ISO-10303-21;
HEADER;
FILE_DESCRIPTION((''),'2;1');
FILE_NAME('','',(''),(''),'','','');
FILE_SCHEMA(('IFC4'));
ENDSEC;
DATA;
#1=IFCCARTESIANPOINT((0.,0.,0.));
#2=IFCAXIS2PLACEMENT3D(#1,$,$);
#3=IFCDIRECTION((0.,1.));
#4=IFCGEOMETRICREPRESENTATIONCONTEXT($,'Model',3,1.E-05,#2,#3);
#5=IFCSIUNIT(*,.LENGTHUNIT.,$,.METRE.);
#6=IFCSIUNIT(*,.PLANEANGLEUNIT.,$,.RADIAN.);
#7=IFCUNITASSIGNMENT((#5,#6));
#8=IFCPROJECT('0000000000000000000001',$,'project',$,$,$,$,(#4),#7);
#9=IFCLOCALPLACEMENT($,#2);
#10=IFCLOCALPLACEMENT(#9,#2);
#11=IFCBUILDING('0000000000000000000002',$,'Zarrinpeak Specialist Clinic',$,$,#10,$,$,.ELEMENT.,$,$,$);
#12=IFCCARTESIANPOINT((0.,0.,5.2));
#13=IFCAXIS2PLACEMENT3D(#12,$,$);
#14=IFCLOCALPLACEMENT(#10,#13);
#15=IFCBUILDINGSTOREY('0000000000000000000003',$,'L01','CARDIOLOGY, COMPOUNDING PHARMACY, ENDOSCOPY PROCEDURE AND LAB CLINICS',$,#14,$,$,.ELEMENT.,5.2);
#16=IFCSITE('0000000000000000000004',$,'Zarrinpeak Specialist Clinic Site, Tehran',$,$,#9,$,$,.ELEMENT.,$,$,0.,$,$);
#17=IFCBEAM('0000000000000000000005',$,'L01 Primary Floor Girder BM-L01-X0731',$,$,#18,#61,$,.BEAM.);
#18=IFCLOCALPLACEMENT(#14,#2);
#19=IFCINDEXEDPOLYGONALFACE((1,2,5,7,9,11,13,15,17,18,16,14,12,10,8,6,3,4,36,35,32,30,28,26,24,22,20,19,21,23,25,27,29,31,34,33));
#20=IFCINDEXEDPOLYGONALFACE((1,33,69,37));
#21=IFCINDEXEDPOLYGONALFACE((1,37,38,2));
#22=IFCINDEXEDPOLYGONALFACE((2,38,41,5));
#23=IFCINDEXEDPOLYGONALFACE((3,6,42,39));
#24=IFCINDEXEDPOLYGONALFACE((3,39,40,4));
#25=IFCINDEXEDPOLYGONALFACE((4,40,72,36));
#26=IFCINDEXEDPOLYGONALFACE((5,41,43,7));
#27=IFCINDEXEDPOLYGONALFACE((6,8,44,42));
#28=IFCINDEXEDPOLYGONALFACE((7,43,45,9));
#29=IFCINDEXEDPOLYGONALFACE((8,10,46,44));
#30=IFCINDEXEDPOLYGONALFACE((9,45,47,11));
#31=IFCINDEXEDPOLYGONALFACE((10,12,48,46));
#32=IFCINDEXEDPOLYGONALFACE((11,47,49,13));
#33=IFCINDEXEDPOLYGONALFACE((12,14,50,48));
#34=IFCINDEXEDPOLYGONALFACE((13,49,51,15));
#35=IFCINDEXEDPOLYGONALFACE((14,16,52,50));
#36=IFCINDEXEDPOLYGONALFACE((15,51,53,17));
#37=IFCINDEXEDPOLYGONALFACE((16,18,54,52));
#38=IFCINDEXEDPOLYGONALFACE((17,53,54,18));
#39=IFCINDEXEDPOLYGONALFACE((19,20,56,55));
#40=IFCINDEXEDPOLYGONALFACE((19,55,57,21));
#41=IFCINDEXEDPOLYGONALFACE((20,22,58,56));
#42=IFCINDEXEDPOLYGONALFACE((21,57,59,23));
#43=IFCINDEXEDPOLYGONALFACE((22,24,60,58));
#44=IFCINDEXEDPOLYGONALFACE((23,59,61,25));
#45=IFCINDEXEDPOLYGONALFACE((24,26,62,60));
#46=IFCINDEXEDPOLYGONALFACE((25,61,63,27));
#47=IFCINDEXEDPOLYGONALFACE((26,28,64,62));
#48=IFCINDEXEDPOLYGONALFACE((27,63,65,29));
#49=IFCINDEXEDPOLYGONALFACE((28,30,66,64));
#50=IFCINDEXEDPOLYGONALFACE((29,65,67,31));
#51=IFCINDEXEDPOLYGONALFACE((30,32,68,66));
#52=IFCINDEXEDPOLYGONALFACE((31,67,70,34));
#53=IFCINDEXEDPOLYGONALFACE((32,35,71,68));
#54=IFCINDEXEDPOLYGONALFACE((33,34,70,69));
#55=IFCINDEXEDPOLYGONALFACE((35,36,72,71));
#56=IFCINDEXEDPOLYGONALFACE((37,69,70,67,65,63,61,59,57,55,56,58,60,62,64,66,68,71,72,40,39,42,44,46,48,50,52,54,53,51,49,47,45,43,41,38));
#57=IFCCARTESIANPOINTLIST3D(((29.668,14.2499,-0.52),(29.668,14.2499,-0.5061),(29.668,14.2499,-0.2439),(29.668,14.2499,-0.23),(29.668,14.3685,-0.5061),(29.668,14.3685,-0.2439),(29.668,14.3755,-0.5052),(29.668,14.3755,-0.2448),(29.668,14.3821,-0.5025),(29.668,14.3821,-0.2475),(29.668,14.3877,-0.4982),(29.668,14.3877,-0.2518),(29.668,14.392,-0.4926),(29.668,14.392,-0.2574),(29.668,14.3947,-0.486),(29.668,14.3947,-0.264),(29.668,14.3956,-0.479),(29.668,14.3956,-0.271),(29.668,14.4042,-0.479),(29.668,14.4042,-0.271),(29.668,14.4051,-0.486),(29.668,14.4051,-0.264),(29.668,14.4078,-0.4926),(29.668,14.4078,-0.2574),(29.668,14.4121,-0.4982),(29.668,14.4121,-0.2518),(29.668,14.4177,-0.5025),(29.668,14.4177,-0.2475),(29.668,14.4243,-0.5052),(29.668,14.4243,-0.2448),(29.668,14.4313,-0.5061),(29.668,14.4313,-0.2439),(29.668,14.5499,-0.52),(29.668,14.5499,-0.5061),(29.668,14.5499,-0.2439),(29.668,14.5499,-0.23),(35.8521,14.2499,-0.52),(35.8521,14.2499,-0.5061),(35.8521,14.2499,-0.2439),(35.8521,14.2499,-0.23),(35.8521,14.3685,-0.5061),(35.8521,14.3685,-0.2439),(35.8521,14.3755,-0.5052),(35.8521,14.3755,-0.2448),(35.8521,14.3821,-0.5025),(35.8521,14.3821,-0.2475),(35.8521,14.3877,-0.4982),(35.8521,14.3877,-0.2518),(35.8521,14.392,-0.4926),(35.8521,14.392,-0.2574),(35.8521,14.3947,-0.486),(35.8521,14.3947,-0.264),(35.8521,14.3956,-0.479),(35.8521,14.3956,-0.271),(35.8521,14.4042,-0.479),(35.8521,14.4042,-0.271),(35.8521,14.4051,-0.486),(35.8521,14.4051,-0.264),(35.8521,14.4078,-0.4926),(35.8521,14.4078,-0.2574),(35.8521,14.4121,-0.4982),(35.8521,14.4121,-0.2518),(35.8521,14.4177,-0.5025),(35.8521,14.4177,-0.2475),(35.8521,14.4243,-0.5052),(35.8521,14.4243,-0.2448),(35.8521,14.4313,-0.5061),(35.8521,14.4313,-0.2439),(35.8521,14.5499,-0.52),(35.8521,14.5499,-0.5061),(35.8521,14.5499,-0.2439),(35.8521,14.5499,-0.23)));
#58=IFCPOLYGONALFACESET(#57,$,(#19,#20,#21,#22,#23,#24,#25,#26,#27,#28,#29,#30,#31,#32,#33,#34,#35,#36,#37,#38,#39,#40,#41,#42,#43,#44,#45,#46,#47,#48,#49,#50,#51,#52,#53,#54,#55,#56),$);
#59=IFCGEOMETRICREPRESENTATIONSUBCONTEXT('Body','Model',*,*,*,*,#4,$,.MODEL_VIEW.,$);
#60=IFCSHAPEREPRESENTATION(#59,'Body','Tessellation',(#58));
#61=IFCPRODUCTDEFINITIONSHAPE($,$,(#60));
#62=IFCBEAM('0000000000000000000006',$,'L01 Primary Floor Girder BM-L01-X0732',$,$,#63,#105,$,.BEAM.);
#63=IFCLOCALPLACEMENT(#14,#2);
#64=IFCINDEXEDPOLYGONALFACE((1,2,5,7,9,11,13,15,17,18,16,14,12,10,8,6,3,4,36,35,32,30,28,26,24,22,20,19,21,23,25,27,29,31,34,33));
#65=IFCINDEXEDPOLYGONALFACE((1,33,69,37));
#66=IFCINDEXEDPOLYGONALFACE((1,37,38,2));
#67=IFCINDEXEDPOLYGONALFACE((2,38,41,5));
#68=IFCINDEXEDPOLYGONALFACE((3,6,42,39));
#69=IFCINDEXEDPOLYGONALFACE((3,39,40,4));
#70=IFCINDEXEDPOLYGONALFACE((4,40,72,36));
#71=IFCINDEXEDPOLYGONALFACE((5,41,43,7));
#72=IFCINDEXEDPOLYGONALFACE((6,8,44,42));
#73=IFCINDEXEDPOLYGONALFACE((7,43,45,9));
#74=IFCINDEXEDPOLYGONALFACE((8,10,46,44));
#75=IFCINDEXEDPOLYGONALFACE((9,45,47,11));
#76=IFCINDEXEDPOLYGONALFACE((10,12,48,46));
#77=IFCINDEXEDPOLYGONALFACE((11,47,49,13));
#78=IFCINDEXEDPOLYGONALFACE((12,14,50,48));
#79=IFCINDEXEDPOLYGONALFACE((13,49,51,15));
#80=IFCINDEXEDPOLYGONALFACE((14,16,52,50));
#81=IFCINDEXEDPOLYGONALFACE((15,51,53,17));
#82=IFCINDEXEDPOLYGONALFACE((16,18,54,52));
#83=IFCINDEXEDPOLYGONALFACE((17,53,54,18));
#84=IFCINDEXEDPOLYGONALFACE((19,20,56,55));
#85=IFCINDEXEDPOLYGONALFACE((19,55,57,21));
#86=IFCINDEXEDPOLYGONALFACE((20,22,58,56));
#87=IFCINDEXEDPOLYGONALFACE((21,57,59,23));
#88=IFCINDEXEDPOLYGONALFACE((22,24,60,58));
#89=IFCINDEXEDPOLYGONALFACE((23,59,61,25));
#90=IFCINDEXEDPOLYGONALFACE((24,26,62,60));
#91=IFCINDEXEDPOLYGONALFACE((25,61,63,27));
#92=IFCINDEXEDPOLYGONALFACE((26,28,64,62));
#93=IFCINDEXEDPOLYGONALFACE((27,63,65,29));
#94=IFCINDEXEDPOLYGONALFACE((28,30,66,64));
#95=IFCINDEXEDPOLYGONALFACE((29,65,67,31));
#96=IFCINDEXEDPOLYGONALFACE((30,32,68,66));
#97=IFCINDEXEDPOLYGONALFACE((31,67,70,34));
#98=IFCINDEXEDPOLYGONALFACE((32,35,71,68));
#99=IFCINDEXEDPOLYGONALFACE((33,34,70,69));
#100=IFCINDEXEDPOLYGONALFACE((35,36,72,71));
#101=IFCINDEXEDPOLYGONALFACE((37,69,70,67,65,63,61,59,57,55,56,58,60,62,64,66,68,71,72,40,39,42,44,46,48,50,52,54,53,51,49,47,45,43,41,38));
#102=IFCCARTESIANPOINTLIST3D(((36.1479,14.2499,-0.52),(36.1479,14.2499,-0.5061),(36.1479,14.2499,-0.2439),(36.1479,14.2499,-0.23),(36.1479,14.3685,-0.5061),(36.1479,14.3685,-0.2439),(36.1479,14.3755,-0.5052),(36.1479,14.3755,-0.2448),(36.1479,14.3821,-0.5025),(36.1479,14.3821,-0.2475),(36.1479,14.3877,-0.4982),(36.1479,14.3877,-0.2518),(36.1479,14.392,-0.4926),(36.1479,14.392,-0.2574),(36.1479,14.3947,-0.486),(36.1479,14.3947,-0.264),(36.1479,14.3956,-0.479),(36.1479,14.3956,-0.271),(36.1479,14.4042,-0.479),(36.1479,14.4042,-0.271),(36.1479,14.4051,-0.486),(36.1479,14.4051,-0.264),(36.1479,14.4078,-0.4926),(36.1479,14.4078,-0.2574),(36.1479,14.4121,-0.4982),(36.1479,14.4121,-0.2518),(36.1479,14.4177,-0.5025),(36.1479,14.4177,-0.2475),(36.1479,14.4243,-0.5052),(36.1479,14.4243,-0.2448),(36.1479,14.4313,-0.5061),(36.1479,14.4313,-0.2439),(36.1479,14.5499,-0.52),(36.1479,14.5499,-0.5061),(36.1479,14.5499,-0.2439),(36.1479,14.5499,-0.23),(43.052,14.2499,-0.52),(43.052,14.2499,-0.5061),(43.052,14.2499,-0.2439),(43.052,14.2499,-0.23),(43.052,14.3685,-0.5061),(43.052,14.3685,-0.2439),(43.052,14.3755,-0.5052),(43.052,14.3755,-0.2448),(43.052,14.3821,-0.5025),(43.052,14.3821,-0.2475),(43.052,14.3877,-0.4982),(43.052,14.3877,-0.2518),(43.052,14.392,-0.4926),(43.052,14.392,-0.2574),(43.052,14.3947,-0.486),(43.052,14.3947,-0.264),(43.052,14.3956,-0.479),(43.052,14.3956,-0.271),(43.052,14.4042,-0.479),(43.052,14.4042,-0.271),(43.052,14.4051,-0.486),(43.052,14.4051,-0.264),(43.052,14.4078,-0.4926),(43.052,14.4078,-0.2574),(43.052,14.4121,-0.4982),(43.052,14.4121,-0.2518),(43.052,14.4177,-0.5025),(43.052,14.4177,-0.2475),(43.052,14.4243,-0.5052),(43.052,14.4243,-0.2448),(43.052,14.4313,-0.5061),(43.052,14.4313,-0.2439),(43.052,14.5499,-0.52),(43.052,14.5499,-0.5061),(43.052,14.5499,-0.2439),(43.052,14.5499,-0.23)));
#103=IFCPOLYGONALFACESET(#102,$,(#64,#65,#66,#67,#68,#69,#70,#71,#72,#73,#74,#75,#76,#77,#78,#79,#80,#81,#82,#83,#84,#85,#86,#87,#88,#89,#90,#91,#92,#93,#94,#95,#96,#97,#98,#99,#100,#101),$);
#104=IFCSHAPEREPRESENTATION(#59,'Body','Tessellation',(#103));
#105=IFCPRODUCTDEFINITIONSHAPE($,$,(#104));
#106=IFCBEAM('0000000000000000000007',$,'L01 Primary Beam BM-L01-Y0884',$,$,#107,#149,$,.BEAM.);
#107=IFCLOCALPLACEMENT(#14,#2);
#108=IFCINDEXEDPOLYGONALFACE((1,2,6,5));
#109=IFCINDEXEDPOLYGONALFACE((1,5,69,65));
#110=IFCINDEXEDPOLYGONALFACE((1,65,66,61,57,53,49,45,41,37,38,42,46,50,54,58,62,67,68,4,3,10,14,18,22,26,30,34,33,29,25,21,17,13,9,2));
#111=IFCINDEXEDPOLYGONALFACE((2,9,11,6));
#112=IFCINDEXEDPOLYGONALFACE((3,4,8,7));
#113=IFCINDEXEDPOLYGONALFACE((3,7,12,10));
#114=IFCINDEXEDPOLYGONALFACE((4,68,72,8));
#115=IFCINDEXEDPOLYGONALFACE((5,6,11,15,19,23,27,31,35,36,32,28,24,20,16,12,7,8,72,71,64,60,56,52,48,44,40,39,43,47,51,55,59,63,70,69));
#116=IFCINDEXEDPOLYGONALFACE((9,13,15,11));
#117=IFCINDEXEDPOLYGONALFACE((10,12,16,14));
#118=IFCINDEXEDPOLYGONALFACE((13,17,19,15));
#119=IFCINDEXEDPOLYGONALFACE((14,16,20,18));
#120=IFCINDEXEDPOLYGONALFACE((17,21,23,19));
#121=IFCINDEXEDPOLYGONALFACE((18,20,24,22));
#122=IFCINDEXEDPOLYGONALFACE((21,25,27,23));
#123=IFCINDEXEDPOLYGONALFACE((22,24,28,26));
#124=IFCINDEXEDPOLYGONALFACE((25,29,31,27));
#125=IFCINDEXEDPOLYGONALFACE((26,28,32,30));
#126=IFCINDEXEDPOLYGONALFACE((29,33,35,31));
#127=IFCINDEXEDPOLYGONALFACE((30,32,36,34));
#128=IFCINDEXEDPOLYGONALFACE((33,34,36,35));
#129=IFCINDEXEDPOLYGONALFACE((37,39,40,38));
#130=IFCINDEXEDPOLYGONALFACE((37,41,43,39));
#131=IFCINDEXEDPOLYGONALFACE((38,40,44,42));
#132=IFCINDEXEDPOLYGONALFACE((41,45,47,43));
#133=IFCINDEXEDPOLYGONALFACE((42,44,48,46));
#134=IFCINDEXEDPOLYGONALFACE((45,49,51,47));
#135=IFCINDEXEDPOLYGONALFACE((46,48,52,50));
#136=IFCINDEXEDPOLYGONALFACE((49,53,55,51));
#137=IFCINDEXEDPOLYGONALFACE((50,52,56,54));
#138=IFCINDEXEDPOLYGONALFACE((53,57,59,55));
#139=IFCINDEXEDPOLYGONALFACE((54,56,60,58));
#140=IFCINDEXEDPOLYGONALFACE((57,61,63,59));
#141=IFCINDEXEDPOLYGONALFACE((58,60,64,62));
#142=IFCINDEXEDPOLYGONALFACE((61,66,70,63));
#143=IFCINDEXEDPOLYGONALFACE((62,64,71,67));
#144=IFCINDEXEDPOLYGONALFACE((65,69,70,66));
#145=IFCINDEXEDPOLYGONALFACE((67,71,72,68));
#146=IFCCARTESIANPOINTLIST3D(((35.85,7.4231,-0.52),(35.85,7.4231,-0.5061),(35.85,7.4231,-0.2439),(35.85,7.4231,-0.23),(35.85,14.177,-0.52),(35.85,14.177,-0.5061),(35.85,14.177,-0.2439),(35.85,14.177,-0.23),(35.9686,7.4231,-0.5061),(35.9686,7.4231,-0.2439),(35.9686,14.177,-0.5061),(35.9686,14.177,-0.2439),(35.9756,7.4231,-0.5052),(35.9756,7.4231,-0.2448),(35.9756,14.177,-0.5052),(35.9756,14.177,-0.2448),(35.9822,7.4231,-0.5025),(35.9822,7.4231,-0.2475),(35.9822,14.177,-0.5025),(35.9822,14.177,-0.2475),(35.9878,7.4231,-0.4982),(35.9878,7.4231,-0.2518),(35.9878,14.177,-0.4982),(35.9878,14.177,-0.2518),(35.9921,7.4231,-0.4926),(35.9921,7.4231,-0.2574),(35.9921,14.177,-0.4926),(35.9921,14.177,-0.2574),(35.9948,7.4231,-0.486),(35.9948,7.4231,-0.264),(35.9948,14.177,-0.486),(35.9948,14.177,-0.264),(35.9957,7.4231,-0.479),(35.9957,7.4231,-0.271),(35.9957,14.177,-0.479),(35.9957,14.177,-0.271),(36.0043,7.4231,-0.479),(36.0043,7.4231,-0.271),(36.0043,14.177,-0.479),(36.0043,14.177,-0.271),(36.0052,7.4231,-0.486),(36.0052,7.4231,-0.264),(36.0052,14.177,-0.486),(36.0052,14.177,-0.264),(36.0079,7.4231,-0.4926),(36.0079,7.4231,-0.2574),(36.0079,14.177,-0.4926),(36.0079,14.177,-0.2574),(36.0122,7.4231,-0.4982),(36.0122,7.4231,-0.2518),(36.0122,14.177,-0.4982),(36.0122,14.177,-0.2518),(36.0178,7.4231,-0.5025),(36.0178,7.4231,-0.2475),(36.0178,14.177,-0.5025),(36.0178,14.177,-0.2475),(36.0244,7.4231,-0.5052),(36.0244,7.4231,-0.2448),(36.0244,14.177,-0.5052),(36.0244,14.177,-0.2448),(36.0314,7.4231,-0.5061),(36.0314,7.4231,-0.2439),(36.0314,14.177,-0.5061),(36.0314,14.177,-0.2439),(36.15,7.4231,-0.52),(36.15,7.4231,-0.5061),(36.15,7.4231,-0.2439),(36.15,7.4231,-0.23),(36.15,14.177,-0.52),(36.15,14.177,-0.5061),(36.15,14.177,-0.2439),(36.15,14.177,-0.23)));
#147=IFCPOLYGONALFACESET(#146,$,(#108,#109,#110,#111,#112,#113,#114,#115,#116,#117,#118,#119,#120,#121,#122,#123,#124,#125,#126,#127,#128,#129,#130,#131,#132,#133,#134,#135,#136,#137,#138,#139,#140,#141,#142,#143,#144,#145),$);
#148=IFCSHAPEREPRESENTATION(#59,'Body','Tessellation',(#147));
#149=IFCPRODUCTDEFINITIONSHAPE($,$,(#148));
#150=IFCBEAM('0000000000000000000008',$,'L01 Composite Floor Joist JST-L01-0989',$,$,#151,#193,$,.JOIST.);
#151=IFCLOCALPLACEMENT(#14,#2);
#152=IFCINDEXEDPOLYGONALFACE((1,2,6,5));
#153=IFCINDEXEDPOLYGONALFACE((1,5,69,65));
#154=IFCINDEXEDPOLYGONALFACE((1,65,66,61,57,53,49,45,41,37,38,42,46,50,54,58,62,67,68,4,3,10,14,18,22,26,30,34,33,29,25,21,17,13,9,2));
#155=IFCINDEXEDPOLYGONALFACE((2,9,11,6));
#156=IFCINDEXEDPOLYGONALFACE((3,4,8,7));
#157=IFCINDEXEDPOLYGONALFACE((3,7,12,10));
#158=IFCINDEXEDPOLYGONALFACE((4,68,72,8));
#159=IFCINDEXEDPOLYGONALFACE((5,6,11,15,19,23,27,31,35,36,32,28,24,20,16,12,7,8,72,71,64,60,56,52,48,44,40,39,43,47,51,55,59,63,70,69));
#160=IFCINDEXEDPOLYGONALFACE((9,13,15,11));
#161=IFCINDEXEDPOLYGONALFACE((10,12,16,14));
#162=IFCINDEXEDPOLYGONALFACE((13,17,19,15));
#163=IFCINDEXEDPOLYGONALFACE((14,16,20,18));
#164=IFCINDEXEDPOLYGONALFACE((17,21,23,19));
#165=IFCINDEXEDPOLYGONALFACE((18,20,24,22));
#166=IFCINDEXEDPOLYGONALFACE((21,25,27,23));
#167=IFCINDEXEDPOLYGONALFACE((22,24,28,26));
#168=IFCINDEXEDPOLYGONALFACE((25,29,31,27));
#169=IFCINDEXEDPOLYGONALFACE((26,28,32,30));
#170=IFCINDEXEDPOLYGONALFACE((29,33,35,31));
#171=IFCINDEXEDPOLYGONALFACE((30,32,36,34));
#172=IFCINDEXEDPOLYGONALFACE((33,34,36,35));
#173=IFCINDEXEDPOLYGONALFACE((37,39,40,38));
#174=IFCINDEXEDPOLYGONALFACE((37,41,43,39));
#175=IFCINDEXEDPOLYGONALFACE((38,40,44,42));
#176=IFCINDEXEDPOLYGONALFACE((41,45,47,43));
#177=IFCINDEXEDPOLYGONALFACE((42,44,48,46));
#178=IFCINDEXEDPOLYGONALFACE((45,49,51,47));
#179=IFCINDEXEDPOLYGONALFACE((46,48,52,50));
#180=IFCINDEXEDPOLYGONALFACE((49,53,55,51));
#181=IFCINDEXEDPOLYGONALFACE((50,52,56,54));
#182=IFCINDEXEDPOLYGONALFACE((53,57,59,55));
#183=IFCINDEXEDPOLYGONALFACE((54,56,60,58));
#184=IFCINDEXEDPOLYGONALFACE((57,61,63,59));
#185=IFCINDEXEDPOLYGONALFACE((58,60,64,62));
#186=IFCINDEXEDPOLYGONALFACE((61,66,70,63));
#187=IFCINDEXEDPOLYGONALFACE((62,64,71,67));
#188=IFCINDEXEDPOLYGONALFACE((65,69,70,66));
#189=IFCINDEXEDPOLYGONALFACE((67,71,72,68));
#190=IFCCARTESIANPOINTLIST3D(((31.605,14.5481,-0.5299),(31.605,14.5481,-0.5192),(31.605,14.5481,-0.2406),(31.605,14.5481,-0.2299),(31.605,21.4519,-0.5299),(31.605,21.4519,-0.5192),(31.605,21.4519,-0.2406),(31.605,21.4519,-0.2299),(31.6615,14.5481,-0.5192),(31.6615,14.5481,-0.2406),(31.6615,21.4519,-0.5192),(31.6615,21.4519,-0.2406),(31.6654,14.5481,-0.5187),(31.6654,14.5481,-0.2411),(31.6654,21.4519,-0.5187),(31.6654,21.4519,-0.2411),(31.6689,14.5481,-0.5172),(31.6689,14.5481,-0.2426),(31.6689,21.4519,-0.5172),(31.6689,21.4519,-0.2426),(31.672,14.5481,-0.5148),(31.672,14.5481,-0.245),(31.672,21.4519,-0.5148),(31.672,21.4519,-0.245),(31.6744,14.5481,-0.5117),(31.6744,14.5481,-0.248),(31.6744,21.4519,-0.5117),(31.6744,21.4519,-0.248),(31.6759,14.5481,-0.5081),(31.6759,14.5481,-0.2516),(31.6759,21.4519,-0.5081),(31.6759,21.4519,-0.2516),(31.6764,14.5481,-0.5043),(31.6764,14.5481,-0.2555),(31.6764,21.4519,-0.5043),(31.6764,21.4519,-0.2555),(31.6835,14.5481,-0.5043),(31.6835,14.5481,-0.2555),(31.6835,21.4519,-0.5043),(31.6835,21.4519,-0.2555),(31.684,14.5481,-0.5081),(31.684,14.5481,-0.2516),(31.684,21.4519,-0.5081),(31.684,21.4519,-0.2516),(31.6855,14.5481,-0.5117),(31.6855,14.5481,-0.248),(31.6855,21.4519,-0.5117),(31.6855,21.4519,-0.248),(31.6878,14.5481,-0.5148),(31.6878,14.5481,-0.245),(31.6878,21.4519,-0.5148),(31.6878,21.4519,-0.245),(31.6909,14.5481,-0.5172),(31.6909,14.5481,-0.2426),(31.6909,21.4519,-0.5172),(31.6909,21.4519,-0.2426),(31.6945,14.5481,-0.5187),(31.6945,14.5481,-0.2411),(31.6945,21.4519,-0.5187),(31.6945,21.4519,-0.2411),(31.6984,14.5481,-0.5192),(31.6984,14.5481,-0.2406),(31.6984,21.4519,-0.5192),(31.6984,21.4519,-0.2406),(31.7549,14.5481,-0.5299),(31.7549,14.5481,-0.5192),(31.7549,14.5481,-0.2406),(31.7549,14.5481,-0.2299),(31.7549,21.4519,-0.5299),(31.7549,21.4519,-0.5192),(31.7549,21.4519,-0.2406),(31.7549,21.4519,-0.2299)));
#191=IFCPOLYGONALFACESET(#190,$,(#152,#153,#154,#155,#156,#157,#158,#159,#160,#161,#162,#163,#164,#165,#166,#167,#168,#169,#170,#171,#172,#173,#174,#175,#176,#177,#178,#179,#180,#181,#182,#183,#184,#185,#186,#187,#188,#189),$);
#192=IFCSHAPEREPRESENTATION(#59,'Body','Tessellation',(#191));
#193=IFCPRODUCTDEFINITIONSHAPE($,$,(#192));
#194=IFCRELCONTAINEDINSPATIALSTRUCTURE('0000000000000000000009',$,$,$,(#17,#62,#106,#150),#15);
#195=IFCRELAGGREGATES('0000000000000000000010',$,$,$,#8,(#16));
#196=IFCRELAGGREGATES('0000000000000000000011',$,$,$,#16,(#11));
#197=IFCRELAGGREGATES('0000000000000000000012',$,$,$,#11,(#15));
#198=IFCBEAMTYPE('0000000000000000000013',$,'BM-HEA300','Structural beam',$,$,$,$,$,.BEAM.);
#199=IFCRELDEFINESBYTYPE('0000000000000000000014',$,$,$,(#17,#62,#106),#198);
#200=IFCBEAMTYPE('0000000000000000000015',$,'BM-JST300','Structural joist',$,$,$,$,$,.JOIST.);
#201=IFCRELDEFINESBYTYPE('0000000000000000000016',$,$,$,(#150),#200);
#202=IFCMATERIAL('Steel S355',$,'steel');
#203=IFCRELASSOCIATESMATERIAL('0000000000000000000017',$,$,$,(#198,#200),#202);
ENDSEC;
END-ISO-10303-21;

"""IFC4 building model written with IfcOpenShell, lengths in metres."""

from ifc_helpers import new_model, si_unit, direction, frame, origin, origin_2d, place, context, subcontext, project, spatial, i_section, extrude, material, material_profile, profile_set, type_object, element, save


model = new_model("IFC4")

# Units and contexts
model_context = context("Model", 3, precision=1e-05, world=origin(), true_north=direction((0.0, 1.0)))
body_context = subcontext(model_context, "Body", "Model", "MODEL_VIEW")
ifc_project = project(units=[si_unit("LENGTHUNIT", "METRE"), si_unit("PLANEANGLEUNIT", "RADIAN")], contexts=[model_context])

# Site, building, storey
site_placement = place(None, origin())
site = spatial("IfcSite", under=ifc_project, at=site_placement, Name="Zarrinpeak Specialist Clinic Site, Tehran", CompositionType="ELEMENT", RefElevation=0.0)
building_placement = place(site_placement, origin())
building = spatial("IfcBuilding", under=site, at=building_placement, Name="Zarrinpeak Specialist Clinic", CompositionType="ELEMENT")
storey_placement = place(building_placement, frame((0.0, 0.0, 5.2)))
storey = spatial("IfcBuildingStorey", under=building, at=storey_placement, Name="L01", Description="CARDIOLOGY, COMPOUNDING PHARMACY, ENDOSCOPY PROCEDURE AND LAB CLINICS", CompositionType="ELEMENT", Elevation=5.2)

# Shared definitions
ifc_material_1 = material(Name="Steel S355", Category="steel")

# Beams
ifc_material_profile_1 = material_profile(ifc_material_1, i_section(OverallWidth=0.3, OverallDepth=0.29, WebThickness=0.0085, FlangeThickness=0.0139, FilletRadius=0.0271, at=origin_2d()), Name="HEA 300")
ifc_profile_set_1 = profile_set([ifc_material_profile_1], Name="Steel S355")
beam_type_1 = type_object("IfcBeamType", Name="BM-HEA300", Description="Structural beam", PredefinedType="BEAM", material=ifc_profile_set_1)
beam_1_placement = place(storey_placement, frame((29.668, 14.3999, -0.375), z_axis=(1.0, 0.0, 0.0), x_axis=(0.0, 1.0, 0.0)))
element("IfcBeam", 1, at=beam_1_placement, inside=storey, type_object=beam_type_1, Name="L01 Primary Floor Girder BM-L01-X0731", PredefinedType="BEAM", context=body_context, shape_type="SweptSolid", body=[
    extrude(i_section(OverallWidth=0.3, OverallDepth=0.29, WebThickness=0.0085, FlangeThickness=0.0139, FilletRadius=0.0271, at=origin_2d()), origin(), (0.0, 0.0, 1.0), 6.1841),
])
beam_2_placement = place(storey_placement, frame((36.1479, 14.3999, -0.375), z_axis=(1.0, 0.0, 0.0), x_axis=(0.0, 1.0, 0.0)))
element("IfcBeam", 2, at=beam_2_placement, inside=storey, type_object=beam_type_1, Name="L01 Primary Floor Girder BM-L01-X0732", PredefinedType="BEAM", context=body_context, shape_type="SweptSolid", body=[
    extrude(i_section(OverallWidth=0.3, OverallDepth=0.29, WebThickness=0.0085, FlangeThickness=0.0139, FilletRadius=0.0271, at=origin_2d()), origin(), (0.0, 0.0, 1.0), 6.9041),
])
beam_3_placement = place(storey_placement, frame((36.0, 7.4231, -0.375), z_axis=(0.0, 1.0, 0.0), x_axis=(-1.0, 0.0, 0.0)))
element("IfcBeam", 3, at=beam_3_placement, inside=storey, type_object=beam_type_1, Name="L01 Primary Beam BM-L01-Y0884", PredefinedType="BEAM", context=body_context, shape_type="SweptSolid", body=[
    extrude(i_section(OverallWidth=0.3, OverallDepth=0.29, WebThickness=0.0085, FlangeThickness=0.0139, FilletRadius=0.0271, at=origin_2d()), origin(), (0.0, 0.0, 1.0), 6.7539),
])
ifc_material_profile_2 = material_profile(ifc_material_1, i_section(OverallWidth=0.1499, OverallDepth=0.3, WebThickness=0.0071, FlangeThickness=0.0107, FilletRadius=0.0149, at=origin_2d()), Name="IPE 300")
ifc_profile_set_2 = profile_set([ifc_material_profile_2], Name="Steel S355")
beam_type_2 = type_object("IfcBeamType", Name="BM-JST300", Description="Structural joist", PredefinedType="JOIST", material=ifc_profile_set_2)
for number, where, z_axis, x_axis, name in (
    (4, (31.6799, 14.5481, -0.3799), (0.0, 1.0, 0.0), (-1.0, 0.0, 0.0), "L01 Composite Floor Joist JST-L01-0989"),
):
    element("IfcBeam", number, at=place(storey_placement, frame(where, z_axis=z_axis, x_axis=x_axis)), inside=storey, type_object=beam_type_2, Name=name, PredefinedType="JOIST", context=body_context, shape_type="SweptSolid", body=[
        extrude(i_section(OverallWidth=0.1499, OverallDepth=0.3, WebThickness=0.0071, FlangeThickness=0.0107, FilletRadius=0.0149, at=origin_2d()), origin(), (0.0, 0.0, 1.0), 6.9038),
    ])

save(model, "model.ifc")
